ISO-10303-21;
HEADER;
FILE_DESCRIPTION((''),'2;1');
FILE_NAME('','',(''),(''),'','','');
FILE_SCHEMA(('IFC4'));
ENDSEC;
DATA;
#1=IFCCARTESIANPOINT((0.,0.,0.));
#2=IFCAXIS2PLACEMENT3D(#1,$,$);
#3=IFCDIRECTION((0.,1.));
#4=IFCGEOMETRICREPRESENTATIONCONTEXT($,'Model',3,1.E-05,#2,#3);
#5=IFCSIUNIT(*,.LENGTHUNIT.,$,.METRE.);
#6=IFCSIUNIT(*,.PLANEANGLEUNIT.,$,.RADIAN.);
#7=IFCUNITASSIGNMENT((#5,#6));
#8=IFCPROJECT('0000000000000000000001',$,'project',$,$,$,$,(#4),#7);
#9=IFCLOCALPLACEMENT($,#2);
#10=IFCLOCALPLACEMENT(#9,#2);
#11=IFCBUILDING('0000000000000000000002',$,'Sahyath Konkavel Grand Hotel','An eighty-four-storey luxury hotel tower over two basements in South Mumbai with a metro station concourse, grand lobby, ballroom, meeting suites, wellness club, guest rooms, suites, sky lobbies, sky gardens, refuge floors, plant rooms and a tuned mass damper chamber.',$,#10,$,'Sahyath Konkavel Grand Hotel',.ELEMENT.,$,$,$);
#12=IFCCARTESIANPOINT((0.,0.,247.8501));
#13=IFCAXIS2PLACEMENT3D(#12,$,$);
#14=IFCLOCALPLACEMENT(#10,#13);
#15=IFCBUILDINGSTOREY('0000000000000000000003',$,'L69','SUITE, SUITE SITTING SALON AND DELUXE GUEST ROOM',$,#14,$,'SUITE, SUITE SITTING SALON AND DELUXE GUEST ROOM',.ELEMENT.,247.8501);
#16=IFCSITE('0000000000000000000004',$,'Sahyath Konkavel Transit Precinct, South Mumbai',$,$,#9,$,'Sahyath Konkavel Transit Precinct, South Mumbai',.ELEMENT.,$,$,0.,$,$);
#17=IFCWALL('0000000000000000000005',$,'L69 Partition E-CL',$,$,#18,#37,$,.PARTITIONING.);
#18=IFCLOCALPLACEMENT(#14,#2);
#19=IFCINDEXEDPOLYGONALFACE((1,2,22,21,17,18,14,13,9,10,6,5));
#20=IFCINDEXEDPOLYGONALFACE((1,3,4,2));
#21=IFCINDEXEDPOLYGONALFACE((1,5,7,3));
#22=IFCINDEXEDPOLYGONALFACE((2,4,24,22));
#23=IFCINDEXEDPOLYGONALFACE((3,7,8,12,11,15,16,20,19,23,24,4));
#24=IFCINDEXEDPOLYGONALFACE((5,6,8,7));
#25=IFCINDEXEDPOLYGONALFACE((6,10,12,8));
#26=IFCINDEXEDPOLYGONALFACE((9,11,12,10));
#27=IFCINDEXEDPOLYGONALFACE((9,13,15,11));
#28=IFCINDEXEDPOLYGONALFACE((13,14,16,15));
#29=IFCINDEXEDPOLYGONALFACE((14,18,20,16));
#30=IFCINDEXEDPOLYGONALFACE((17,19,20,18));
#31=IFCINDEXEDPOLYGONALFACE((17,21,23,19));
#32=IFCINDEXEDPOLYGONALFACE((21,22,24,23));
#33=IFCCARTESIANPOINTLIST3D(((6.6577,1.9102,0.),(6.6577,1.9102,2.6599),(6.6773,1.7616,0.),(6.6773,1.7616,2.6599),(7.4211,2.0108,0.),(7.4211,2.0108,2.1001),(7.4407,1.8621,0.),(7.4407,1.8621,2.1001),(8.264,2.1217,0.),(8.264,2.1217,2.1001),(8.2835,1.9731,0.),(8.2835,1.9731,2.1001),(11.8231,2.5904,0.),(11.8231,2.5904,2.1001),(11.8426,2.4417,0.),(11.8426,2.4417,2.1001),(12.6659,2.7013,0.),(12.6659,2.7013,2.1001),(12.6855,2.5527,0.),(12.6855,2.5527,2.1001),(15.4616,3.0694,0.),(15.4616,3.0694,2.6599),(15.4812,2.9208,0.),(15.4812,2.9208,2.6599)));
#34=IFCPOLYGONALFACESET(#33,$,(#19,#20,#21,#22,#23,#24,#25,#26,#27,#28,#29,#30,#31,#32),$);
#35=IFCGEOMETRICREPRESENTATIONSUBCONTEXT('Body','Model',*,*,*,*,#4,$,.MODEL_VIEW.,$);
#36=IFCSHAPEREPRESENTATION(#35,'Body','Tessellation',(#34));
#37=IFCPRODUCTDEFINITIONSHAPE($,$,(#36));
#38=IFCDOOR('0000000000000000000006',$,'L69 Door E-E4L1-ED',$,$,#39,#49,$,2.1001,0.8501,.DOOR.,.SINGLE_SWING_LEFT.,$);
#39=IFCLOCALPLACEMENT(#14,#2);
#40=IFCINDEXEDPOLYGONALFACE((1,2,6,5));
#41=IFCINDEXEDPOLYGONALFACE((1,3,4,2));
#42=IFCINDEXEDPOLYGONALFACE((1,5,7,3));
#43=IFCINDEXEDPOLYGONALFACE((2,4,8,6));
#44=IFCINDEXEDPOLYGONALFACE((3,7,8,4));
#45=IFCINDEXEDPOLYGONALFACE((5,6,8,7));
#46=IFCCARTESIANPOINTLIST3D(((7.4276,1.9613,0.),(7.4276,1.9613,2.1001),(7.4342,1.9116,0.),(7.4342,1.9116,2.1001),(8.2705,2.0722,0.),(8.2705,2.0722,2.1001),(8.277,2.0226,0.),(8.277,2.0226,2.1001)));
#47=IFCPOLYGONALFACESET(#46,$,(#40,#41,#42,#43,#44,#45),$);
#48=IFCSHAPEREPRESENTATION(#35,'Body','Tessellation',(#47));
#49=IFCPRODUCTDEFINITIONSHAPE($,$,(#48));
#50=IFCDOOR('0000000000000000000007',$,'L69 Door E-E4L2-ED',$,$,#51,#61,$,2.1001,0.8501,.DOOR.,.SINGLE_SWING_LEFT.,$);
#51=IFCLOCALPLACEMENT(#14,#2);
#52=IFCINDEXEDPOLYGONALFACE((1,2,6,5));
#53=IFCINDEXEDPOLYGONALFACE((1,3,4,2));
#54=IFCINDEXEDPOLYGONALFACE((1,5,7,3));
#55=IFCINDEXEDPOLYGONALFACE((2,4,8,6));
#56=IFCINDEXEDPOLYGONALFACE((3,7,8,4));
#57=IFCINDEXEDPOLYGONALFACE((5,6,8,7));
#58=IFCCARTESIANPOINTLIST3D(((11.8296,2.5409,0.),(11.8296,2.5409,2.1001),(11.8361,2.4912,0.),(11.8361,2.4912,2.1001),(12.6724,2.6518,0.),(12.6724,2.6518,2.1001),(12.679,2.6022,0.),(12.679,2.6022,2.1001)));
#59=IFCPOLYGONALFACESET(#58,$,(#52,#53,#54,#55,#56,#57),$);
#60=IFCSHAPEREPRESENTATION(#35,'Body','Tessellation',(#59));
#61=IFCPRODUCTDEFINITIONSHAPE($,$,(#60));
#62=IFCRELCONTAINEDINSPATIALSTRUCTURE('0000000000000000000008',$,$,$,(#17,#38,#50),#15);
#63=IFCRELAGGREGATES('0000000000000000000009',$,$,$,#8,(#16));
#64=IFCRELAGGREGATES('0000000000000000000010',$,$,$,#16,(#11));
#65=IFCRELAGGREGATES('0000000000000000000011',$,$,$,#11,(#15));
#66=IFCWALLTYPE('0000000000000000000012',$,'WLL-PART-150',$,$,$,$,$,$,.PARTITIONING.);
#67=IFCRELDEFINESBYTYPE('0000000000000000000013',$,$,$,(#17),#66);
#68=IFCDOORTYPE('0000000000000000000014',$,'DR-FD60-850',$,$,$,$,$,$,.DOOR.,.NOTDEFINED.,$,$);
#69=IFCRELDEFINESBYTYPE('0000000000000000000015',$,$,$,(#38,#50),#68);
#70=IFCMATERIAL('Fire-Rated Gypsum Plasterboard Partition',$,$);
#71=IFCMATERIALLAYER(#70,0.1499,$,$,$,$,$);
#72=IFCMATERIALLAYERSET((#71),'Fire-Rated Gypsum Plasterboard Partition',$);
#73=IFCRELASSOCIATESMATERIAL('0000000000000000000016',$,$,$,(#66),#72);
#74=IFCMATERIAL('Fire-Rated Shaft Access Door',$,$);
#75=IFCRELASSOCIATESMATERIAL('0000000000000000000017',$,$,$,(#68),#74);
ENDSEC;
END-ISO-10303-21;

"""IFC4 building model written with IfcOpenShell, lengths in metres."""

from ifc_helpers import new_model, si_unit, direction, frame, frame_2d, origin, origin_2d, place, context, subcontext, project, spatial, rectangle, extrude, source, transform, mapped, material, layer, layer_set, type_object, element, fill, save


model = new_model("IFC4")

# Units and contexts
model_context = context("Model", 3, precision=1e-05, world=origin(), true_north=direction((0.0, 1.0)))
body_context = subcontext(model_context, "Body", "Model", "MODEL_VIEW")
ifc_project = project(units=[si_unit("LENGTHUNIT", "METRE"), si_unit("PLANEANGLEUNIT", "RADIAN")], contexts=[model_context])

# Site, building, storey
site_placement = place(None, origin())
site = spatial("IfcSite", under=ifc_project, at=site_placement, Name="Sahyath Konkavel Transit Precinct, South Mumbai", LongName="Sahyath Konkavel Transit Precinct, South Mumbai", CompositionType="ELEMENT", RefElevation=0.0)
building_placement = place(site_placement, origin())
building = spatial("IfcBuilding", under=site, at=building_placement, Name="Sahyath Konkavel Grand Hotel", Description="An eighty-four-storey luxury hotel tower over two basements in South Mumbai with a metro station concourse, grand lobby, ballroom, meeting suites, wellness club, guest rooms, suites, sky lobbies, sky gardens, refuge floors, plant rooms and a tuned mass damper chamber.", LongName="Sahyath Konkavel Grand Hotel", CompositionType="ELEMENT")
storey_placement = place(building_placement, frame((0.0, 0.0, 247.8501)))
storey = spatial("IfcBuildingStorey", under=building, at=storey_placement, Name="L69", Description="SUITE, SUITE SITTING SALON AND DELUXE GUEST ROOM", LongName="SUITE, SUITE SITTING SALON AND DELUXE GUEST ROOM", CompositionType="ELEMENT", Elevation=247.8501)

# Wall, openings, doors
ifc_material_1 = material(Name="Fire-Rated Gypsum Plasterboard Partition")
ifc_layer_1 = layer(ifc_material_1, 0.1499)
ifc_layer_set_1 = layer_set([ifc_layer_1], Name="Fire-Rated Gypsum Plasterboard Partition")
wall_type_1 = type_object("IfcWallType", Name="WLL-PART-150", PredefinedType="PARTITIONING", material=ifc_layer_set_1)
wall_1_placement = place(storey_placement, frame((6.6675, 1.8359, 0.0), z_axis=(0.0, 0.0, 1.0), x_axis=(0.991443, 0.130539, 0.0)))
wall_1 = element("IfcWall", 1, at=wall_1_placement, inside=storey, type_object=wall_type_1, Name="L69 Partition E-CL", PredefinedType="PARTITIONING", context=body_context, shape_type="SweptSolid", body=[
    extrude(rectangle(XDim=8.8799, YDim=0.1499, at=frame_2d((4.4399, 0.0))), origin(), (0.0, 0.0, 1.0), 2.6599),
])
opening_1_placement = place(wall_1_placement, frame((0.77, 0.0, 0.0)))
opening_1 = element("IfcOpeningElement", 2, at=opening_1_placement, cuts=wall_1, PredefinedType="OPENING", context=body_context, shape_type="SweptSolid", body=[
    extrude(rectangle(XDim=0.8501, YDim=2.1001, at=frame_2d((0.425, 1.05))), frame((0.0, 0.085, 0.0), z_axis=(0.0, -1.0, 0.0), x_axis=(1.0, 0.0, 0.0)), (0.0, 0.0, 1.0), 0.1699),
])
opening_2_placement = place(wall_1_placement, frame((5.21, 0.0, 0.0)))
opening_2 = element("IfcOpeningElement", 3, at=opening_2_placement, cuts=wall_1, PredefinedType="OPENING", context=body_context, shape_type="SweptSolid", body=[
    extrude(rectangle(XDim=0.8501, YDim=2.1001, at=frame_2d((0.425, 1.05))), frame((0.0, 0.085, 0.0), z_axis=(0.0, -1.0, 0.0), x_axis=(1.0, 0.0, 0.0)), (0.0, 0.0, 1.0), 0.1699),
])
ifc_material_2 = material(Name="Fire-Rated Shaft Access Door")
door_type_1 = type_object("IfcDoorType", Name="DR-FD60-850", OperationType="NOTDEFINED", PredefinedType="DOOR", material=ifc_material_2)
shared_shape_1 = source(origin(), body_context, "Body", "SweptSolid", [
    extrude(rectangle(XDim=0.8501, YDim=0.05, at=origin_2d()), origin(), (0.0, 0.0, 1.0), 2.1001),
])
door_1_placement = place(opening_1_placement, frame((0.425, 0.0, 0.0)))
door_1 = element("IfcDoor", 4, at=door_1_placement, inside=storey, type_object=door_type_1, Name="L69 Door E-E4L1-ED", OperationType="SINGLE_SWING_LEFT", OverallHeight=2.1001, OverallWidth=0.8501, PredefinedType="DOOR", context=body_context, shape_type="MappedRepresentation", body=[
    mapped(shared_shape_1, transform((0.0, 0.0, 0.0), scale=1.0)),
])
fill(opening_1, door_1)
door_2_placement = place(opening_2_placement, frame((0.425, 0.0, 0.0)))
door_2 = element("IfcDoor", 5, at=door_2_placement, inside=storey, type_object=door_type_1, Name="L69 Door E-E4L2-ED", OperationType="SINGLE_SWING_LEFT", OverallHeight=2.1001, OverallWidth=0.8501, PredefinedType="DOOR", context=body_context, shape_type="MappedRepresentation", body=[
    mapped(shared_shape_1, transform((0.0, 0.0, 0.0), scale=1.0)),
])
fill(opening_2, door_2)

save(model, "model.ifc")
